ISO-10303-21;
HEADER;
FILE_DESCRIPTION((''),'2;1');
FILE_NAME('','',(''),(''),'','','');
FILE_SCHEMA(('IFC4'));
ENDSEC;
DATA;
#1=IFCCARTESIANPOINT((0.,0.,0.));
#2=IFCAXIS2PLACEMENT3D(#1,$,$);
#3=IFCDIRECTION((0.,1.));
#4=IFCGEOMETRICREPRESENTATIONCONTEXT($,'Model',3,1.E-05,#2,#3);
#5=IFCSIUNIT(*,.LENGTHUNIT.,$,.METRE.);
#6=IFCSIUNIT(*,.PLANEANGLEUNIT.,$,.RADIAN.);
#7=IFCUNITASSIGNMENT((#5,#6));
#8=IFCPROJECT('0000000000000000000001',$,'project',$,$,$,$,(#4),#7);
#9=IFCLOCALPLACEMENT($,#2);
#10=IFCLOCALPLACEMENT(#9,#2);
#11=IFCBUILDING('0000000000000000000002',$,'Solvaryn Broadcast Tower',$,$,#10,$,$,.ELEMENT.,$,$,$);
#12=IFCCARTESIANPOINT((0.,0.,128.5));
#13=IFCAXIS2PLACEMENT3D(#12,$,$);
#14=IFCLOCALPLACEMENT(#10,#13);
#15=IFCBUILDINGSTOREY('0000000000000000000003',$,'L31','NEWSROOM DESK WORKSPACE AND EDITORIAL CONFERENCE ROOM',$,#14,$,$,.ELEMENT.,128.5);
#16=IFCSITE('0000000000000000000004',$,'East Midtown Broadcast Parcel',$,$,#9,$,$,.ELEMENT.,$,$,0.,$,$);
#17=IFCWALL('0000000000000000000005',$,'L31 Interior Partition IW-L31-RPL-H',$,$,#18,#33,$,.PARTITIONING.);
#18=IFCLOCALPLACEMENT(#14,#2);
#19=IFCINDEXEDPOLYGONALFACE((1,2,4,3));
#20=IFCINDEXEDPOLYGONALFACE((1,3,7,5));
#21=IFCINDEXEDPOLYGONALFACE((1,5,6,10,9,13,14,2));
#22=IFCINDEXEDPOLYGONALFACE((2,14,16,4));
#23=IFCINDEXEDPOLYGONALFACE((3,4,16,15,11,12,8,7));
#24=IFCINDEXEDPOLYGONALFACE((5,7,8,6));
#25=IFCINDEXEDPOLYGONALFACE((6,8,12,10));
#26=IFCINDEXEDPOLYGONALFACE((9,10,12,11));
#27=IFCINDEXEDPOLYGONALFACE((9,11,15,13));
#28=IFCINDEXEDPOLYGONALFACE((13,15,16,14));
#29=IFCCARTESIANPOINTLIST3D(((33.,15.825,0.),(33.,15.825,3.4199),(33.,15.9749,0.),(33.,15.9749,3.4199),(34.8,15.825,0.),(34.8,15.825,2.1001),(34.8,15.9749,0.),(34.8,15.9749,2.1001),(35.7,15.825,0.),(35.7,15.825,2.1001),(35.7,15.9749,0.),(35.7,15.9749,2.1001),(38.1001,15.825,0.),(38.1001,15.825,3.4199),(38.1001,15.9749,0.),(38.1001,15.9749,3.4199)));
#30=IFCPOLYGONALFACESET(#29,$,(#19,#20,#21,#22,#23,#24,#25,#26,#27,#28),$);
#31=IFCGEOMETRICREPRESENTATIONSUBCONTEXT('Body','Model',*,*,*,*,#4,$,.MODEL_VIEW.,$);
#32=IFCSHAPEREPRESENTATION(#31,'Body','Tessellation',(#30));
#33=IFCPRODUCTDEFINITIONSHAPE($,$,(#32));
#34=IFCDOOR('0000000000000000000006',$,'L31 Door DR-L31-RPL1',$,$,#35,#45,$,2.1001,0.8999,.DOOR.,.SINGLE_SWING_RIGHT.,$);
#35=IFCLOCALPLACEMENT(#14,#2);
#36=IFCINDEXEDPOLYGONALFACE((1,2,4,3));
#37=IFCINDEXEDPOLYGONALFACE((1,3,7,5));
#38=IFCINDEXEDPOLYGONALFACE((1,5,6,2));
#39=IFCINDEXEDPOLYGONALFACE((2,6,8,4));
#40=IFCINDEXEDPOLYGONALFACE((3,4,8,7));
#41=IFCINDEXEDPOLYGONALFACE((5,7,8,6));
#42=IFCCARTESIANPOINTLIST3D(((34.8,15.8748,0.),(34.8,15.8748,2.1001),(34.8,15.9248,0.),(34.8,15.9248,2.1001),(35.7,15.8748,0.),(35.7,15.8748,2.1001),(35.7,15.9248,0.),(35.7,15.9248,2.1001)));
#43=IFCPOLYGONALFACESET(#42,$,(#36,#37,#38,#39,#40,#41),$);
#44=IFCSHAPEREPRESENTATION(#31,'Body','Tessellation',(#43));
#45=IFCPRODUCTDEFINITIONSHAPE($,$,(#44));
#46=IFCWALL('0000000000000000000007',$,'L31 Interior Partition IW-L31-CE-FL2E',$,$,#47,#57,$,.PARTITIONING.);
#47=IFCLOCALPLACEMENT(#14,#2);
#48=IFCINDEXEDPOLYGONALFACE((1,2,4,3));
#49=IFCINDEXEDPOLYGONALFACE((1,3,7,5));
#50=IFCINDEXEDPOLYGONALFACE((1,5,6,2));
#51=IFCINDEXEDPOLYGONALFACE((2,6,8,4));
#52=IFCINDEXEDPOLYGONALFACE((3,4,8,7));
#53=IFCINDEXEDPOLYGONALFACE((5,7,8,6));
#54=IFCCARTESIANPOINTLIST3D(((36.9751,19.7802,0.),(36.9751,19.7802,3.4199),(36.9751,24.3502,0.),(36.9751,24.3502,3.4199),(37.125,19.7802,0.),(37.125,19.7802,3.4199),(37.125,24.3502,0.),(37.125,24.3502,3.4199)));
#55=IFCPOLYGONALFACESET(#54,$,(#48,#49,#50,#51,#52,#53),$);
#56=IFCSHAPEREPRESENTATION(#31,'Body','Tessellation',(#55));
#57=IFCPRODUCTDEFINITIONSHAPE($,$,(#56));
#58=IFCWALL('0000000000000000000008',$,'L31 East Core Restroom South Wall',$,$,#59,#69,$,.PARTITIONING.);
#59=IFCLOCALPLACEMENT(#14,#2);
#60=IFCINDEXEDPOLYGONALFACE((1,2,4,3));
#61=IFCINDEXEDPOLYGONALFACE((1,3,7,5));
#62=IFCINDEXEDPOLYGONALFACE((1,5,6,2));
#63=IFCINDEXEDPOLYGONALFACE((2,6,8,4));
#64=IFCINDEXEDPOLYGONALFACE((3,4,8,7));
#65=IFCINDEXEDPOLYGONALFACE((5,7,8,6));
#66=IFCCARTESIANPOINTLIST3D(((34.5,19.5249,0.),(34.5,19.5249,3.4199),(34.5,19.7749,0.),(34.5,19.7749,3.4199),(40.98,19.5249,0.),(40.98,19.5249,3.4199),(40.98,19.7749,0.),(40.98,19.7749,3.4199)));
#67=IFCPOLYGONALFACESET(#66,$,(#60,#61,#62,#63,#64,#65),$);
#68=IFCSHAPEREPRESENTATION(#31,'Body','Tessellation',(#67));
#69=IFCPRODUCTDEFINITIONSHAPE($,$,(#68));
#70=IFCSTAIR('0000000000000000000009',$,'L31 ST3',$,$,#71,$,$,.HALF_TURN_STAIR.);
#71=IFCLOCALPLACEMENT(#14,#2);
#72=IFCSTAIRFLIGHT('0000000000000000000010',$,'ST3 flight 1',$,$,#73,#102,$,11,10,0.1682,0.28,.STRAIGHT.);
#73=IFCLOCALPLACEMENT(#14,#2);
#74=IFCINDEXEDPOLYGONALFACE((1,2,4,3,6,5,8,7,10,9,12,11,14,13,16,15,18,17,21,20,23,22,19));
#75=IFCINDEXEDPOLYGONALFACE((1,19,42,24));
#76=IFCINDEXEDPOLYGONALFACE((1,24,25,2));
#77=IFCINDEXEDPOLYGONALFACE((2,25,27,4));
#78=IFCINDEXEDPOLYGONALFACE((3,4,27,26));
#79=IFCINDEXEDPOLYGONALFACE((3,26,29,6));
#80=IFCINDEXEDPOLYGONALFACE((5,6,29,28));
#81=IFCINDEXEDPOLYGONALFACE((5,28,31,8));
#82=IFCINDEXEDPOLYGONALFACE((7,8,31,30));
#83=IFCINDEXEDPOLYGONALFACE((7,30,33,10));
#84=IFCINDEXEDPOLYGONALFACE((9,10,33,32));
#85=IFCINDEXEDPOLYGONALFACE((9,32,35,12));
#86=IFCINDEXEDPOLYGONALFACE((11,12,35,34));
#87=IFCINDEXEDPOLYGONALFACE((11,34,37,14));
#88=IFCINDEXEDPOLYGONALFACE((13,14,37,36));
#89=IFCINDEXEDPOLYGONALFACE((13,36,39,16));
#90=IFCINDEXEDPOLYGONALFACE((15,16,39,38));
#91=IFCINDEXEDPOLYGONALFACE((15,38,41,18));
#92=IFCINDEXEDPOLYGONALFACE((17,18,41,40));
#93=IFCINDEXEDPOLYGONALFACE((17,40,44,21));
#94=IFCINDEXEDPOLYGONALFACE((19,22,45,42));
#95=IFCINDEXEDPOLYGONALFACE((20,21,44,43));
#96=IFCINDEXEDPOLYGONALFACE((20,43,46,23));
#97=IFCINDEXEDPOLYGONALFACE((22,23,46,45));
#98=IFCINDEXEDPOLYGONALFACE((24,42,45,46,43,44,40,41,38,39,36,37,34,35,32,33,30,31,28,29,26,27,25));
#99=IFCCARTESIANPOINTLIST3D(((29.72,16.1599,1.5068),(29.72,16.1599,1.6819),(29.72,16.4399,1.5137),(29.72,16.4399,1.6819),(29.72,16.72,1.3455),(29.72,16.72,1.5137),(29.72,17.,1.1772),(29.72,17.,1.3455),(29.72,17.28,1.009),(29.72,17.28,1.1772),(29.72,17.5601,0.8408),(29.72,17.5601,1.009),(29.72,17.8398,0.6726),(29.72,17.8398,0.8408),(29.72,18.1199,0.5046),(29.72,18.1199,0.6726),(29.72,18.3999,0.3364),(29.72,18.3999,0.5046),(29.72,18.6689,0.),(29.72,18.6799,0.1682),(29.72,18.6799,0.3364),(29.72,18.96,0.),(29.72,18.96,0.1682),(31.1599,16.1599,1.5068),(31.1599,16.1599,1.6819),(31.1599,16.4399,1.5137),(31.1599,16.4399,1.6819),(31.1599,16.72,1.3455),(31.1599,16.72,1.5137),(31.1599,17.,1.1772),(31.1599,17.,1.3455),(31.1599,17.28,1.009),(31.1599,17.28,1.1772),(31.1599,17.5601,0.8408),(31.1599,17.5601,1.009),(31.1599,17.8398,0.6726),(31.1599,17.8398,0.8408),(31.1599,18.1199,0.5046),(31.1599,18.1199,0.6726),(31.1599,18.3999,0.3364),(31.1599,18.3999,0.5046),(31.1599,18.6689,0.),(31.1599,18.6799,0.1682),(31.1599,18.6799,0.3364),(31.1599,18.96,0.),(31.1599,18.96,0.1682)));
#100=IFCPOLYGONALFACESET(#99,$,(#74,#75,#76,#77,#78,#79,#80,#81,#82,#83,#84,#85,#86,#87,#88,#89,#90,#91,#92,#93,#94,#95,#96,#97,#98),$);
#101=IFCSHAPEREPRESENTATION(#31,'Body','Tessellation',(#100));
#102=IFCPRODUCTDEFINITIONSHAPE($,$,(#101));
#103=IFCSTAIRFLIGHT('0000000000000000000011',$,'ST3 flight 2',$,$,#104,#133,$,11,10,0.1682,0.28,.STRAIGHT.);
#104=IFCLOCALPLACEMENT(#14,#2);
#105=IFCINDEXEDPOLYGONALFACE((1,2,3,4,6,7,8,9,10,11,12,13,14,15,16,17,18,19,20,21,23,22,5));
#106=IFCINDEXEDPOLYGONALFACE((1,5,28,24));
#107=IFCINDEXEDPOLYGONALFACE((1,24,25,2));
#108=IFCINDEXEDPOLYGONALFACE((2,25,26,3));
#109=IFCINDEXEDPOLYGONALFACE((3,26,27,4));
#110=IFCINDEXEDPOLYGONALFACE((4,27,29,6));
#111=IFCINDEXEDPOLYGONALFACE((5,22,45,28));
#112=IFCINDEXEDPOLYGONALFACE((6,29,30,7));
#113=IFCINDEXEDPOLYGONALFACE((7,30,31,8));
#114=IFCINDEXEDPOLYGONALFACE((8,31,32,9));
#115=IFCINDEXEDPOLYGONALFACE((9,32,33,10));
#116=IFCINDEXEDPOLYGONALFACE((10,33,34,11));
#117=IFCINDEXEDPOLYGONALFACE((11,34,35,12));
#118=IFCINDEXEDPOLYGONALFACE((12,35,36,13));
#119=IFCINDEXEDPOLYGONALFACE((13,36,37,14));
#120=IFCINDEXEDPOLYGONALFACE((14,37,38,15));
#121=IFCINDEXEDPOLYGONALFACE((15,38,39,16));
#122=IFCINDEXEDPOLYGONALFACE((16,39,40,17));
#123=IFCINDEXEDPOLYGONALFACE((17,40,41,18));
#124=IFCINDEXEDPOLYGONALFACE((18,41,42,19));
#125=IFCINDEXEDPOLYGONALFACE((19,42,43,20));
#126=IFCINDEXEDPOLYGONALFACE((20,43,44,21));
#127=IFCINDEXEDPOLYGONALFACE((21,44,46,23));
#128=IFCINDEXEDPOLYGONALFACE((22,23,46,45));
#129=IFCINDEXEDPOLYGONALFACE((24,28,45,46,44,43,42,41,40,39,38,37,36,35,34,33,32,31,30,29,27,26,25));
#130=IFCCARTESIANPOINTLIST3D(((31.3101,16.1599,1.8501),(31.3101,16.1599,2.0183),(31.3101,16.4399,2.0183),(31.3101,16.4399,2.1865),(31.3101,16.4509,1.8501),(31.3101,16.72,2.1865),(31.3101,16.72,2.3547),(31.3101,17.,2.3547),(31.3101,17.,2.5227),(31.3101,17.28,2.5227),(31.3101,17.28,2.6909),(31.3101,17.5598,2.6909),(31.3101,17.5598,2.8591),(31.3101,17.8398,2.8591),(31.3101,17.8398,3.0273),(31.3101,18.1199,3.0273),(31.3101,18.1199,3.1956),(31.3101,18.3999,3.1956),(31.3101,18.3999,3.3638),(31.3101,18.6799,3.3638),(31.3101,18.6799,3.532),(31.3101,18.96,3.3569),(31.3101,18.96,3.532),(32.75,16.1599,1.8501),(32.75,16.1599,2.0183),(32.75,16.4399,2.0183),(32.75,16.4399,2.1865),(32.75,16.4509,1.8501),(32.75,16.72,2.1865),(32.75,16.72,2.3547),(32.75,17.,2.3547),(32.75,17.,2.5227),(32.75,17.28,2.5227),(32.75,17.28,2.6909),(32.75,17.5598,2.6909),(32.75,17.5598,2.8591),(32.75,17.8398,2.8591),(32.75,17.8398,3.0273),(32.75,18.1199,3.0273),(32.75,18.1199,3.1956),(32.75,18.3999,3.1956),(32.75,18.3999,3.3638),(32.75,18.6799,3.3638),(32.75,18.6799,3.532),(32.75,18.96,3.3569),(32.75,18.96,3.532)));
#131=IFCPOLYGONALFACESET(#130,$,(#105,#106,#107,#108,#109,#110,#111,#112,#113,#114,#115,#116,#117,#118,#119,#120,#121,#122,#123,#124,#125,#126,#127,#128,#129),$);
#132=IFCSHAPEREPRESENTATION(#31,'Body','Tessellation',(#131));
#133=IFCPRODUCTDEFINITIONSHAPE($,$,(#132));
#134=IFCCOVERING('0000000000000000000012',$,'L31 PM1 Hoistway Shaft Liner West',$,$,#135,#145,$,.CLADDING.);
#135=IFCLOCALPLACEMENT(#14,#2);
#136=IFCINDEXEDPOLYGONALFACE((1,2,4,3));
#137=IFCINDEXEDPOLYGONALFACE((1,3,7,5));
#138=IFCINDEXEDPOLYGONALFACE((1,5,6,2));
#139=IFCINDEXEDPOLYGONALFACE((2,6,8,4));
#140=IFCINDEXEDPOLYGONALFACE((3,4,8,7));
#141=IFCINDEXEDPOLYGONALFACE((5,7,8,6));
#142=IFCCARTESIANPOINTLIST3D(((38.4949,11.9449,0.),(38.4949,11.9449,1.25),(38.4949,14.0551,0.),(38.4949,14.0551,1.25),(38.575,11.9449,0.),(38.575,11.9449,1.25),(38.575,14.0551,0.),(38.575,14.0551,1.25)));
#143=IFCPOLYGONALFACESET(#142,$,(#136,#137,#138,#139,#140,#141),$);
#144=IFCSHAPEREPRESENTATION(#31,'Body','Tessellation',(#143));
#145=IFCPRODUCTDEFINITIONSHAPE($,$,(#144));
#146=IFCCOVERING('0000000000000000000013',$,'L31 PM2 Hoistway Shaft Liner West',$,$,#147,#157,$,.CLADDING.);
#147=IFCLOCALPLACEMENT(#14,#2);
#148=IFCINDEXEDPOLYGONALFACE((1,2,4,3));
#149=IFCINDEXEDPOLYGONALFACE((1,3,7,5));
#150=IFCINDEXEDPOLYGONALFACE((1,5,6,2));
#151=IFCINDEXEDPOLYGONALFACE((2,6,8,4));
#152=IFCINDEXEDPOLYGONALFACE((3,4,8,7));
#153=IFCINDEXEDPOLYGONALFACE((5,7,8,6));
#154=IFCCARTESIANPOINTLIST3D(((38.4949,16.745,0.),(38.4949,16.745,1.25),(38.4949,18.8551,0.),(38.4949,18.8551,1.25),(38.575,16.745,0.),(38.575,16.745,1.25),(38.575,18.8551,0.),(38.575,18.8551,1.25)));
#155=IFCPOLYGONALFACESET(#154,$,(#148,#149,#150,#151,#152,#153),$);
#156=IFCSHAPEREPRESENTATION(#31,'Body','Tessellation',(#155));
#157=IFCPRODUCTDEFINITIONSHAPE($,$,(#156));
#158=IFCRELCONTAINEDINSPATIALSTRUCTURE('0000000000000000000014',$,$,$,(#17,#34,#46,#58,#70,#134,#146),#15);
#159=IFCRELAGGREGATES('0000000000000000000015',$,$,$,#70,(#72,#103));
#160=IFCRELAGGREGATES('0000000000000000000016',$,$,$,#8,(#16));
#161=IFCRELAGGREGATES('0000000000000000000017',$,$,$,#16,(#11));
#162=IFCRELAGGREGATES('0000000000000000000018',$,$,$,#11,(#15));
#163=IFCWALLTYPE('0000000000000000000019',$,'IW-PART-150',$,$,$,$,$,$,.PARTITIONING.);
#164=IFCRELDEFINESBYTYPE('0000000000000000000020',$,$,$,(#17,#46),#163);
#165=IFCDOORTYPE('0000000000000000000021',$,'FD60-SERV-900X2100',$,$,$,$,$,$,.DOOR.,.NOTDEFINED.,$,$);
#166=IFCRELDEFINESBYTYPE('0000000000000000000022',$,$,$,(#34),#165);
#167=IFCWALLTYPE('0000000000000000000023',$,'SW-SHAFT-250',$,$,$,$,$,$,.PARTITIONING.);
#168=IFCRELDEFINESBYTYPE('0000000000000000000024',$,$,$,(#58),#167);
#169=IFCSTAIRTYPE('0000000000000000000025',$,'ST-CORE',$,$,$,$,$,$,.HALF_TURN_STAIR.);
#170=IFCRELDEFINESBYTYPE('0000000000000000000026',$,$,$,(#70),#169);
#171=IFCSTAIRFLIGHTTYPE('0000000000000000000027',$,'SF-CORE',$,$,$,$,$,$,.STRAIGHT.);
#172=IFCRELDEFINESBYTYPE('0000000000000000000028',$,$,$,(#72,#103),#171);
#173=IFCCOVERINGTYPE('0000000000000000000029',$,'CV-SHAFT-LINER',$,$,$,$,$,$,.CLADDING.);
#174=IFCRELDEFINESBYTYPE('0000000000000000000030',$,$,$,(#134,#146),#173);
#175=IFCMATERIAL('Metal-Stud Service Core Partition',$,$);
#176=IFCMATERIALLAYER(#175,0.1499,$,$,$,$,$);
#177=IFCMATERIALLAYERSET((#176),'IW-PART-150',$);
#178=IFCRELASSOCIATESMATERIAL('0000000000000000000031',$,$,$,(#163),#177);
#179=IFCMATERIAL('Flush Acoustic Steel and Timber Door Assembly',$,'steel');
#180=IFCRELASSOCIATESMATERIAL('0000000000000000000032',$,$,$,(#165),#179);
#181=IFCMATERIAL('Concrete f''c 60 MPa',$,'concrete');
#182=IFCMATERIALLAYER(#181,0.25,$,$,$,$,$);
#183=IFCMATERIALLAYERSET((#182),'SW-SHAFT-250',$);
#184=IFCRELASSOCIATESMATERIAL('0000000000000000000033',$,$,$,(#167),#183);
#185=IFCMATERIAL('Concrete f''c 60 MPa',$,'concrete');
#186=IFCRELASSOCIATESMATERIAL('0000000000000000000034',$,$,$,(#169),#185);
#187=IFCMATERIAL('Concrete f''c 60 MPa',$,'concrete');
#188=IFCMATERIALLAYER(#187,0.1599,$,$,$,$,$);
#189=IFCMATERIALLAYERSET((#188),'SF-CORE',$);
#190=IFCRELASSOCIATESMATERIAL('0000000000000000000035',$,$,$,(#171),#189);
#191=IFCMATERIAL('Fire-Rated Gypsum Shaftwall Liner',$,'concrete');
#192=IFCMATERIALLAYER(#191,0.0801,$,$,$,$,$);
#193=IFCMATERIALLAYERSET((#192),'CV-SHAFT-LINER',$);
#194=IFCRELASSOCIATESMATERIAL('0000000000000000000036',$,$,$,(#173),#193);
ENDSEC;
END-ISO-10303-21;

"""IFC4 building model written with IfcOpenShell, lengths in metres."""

from ifc_helpers import new_model, si_unit, direction, frame, frame_2d, origin, origin_2d, place, context, subcontext, project, spatial, polyline, rectangle, outline, extrude, material, layer, layer_set, type_object, element, fill, aggregate, save


model = new_model("IFC4")

# Units and contexts
model_context = context("Model", 3, precision=1e-05, world=origin(), true_north=direction((0.0, 1.0)))
body_context = subcontext(model_context, "Body", "Model", "MODEL_VIEW")
ifc_project = project(units=[si_unit("LENGTHUNIT", "METRE"), si_unit("PLANEANGLEUNIT", "RADIAN")], contexts=[model_context])

# Site, building, storey
site_placement = place(None, origin())
site = spatial("IfcSite", under=ifc_project, at=site_placement, Name="East Midtown Broadcast Parcel", CompositionType="ELEMENT", RefElevation=0.0)
building_placement = place(site_placement, origin())
building = spatial("IfcBuilding", under=site, at=building_placement, Name="Solvaryn Broadcast Tower", CompositionType="ELEMENT")
storey_placement = place(building_placement, frame((0.0, 0.0, 128.5)))
storey = spatial("IfcBuildingStorey", under=building, at=storey_placement, Name="L31", Description="NEWSROOM DESK WORKSPACE AND EDITORIAL CONFERENCE ROOM", CompositionType="ELEMENT", Elevation=128.5)

# Wall, opening, door
ifc_material_1 = material(Name="Metal-Stud Service Core Partition")
ifc_layer_1 = layer(ifc_material_1, 0.1499)
ifc_layer_set_1 = layer_set([ifc_layer_1], Name="IW-PART-150")
wall_type_1 = type_object("IfcWallType", Name="IW-PART-150", PredefinedType="PARTITIONING", material=ifc_layer_set_1)
wall_1_placement = place(storey_placement, frame((33.0, 15.8999, 0.0), z_axis=(0.0, 0.0, 1.0), x_axis=(1.0, 0.0, 0.0)))
wall_1 = element("IfcWall", 1, at=wall_1_placement, inside=storey, type_object=wall_type_1, Name="L31 Interior Partition IW-L31-RPL-H", PredefinedType="PARTITIONING", context=body_context, shape_type="SweptSolid", body=[
    extrude(rectangle(XDim=5.1001, YDim=0.1499, at=frame_2d((2.55, 0.0))), origin(), (0.0, 0.0, 1.0), 3.4199),
])
opening_1_placement = place(wall_1_placement, frame((1.8, 0.0, 0.0)))
opening_1 = element("IfcOpeningElement", 2, at=opening_1_placement, cuts=wall_1, PredefinedType="OPENING", context=body_context, shape_type="SweptSolid", body=[
    extrude(rectangle(XDim=0.8999, YDim=2.1001, at=frame_2d((0.45, 1.05))), frame((0.0, 0.085, 0.0), z_axis=(0.0, -1.0, 0.0), x_axis=(1.0, 0.0, 0.0)), (0.0, 0.0, 1.0), 0.1699),
])
ifc_material_2 = material(Name="Flush Acoustic Steel and Timber Door Assembly", Category="steel")
door_type_1 = type_object("IfcDoorType", Name="FD60-SERV-900X2100", OperationType="NOTDEFINED", PredefinedType="DOOR", material=ifc_material_2)
door_1_placement = place(opening_1_placement, origin())
door_1 = element("IfcDoor", 3, at=door_1_placement, inside=storey, type_object=door_type_1, Name="L31 Door DR-L31-RPL1", OperationType="SINGLE_SWING_RIGHT", OverallHeight=2.1001, OverallWidth=0.8999, PredefinedType="DOOR", context=body_context, shape_type="SweptSolid", body=[
    extrude(rectangle(XDim=0.8999, YDim=2.1001, at=frame_2d((0.45, 1.05))), frame((0.0, 0.0249, 0.0), z_axis=(0.0, -1.0, 0.0), x_axis=(1.0, 0.0, 0.0)), (0.0, 0.0, 1.0), 0.05),
])
fill(opening_1, door_1)

# Walls
wall_2_placement = place(storey_placement, frame((37.05, 19.78, 0.0), z_axis=(0.0, 0.0, 1.0), x_axis=(0.0, 1.0, 0.0)))
element("IfcWall", 4, at=wall_2_placement, inside=storey, type_object=wall_type_1, Name="L31 Interior Partition IW-L31-CE-FL2E", PredefinedType="PARTITIONING", context=body_context, shape_type="SweptSolid", body=[
    extrude(rectangle(XDim=4.5701, YDim=0.1499, at=frame_2d((2.2852, 0.0))), origin(), (0.0, 0.0, 1.0), 3.4199),
])
ifc_material_3 = material(Name="Concrete f'c 60 MPa", Category="concrete")
ifc_layer_2 = layer(ifc_material_3, 0.25)
ifc_layer_set_2 = layer_set([ifc_layer_2], Name="SW-SHAFT-250")
wall_type_2 = type_object("IfcWallType", Name="SW-SHAFT-250", PredefinedType="PARTITIONING", material=ifc_layer_set_2)
wall_3_placement = place(storey_placement, frame((34.5, 19.6499, 0.0), z_axis=(0.0, 0.0, 1.0), x_axis=(1.0, 0.0, 0.0)))
element("IfcWall", 5, at=wall_3_placement, inside=storey, type_object=wall_type_2, Name="L31 East Core Restroom South Wall", PredefinedType="PARTITIONING", context=body_context, shape_type="SweptSolid", body=[
    extrude(rectangle(XDim=6.48, YDim=0.25, at=frame_2d((3.24, 0.0))), origin(), (0.0, 0.0, 1.0), 3.4199),
])

# Stair, stair flights
ifc_material_4 = material(Name="Concrete f'c 60 MPa", Category="concrete")
stair_type = type_object("IfcStairType", Name="ST-CORE", PredefinedType="HALF_TURN_STAIR", material=ifc_material_4)
stair_placement = place(storey_placement, origin())
stair = element("IfcStair", 6, at=stair_placement, inside=storey, type_object=stair_type, Name="L31 ST3", PredefinedType="HALF_TURN_STAIR")
ifc_material_5 = material(Name="Concrete f'c 60 MPa", Category="concrete")
ifc_layer_3 = layer(ifc_material_5, 0.1599)
ifc_layer_set_3 = layer_set([ifc_layer_3], Name="SF-CORE")
stair_flight_type = type_object("IfcStairFlightType", Name="SF-CORE", PredefinedType="STRAIGHT", material=ifc_layer_set_3)
stair_flight_1_placement = place(storey_placement, frame((30.4399, 18.96, 0.0), z_axis=(0.0, 0.0, 1.0), x_axis=(0.0, -1.0, 0.0)))
stair_flight_1 = element("IfcStairFlight", 7, at=stair_flight_1_placement, type_object=stair_flight_type, Name="ST3 flight 1", NumberOfRisers=11, NumberOfTreads=10, PredefinedType="STRAIGHT", RiserHeight=0.1682, TreadLength=0.28, context=body_context, shape_type="SweptSolid", body=[
    extrude(outline(polyline([(0.0, 0.0), (0.0, 0.1682), (0.28, 0.1682), (0.28, 0.3364), (0.5601, 0.3364), (0.5601, 0.5046), (0.8401, 0.5046), (0.8401, 0.6726), (1.1201, 0.6726), (1.1201, 0.8408), (1.3999, 0.8408), (1.3999, 1.009), (1.6799, 1.009), (1.6799, 1.1772), (1.96, 1.1772), (1.96, 1.3455), (2.24, 1.3455), (2.24, 1.5137), (2.52, 1.5137), (2.52, 1.6819), (2.8, 1.6819), (2.8, 1.8501), (2.8, 1.5068), (0.291, 0.0), (0.0, 0.0)])), frame((0.0, 0.72, 0.0), z_axis=(0.0, -1.0, 0.0), x_axis=(1.0, 0.0, 0.0)), (0.0, 0.0, 1.0), 1.4399),
])
stair_flight_2_placement = place(storey_placement, frame((32.03, 16.1599, 1.8501), z_axis=(0.0, 0.0, 1.0), x_axis=(0.0, 1.0, 0.0)))
stair_flight_2 = element("IfcStairFlight", 8, at=stair_flight_2_placement, type_object=stair_flight_type, Name="ST3 flight 2", NumberOfRisers=11, NumberOfTreads=10, PredefinedType="STRAIGHT", RiserHeight=0.1682, TreadLength=0.28, context=body_context, shape_type="SweptSolid", body=[
    extrude(outline(polyline([(0.0, 0.0), (0.0, 0.1682), (0.28, 0.1682), (0.28, 0.3364), (0.5601, 0.3364), (0.5601, 0.5046), (0.8401, 0.5046), (0.8401, 0.6726), (1.1201, 0.6726), (1.1201, 0.8408), (1.3999, 0.8408), (1.3999, 1.009), (1.6799, 1.009), (1.6799, 1.1772), (1.96, 1.1772), (1.96, 1.3455), (2.24, 1.3455), (2.24, 1.5137), (2.52, 1.5137), (2.52, 1.6819), (2.8, 1.6819), (2.8, 1.8501), (2.8, 1.5068), (0.291, 0.0), (0.0, 0.0)])), frame((0.0, 0.72, 0.0), z_axis=(0.0, -1.0, 0.0), x_axis=(1.0, 0.0, 0.0)), (0.0, 0.0, 1.0), 1.4399),
])
aggregate(stair, [stair_flight_1, stair_flight_2])

# Coverings
ifc_material_6 = material(Name="Fire-Rated Gypsum Shaftwall Liner", Category="concrete")
ifc_layer_4 = layer(ifc_material_6, 0.0801)
ifc_layer_set_4 = layer_set([ifc_layer_4], Name="CV-SHAFT-LINER")
covering_type = type_object("IfcCoveringType", Name="CV-SHAFT-LINER", PredefinedType="CLADDING", material=ifc_layer_set_4)
for number, where, z_axis, x_axis, name in (
    (9, (38.5349, 13.0, 0.0), (0.0, 0.0, 1.0), (1.0, 0.0, 0.0), "L31 PM1 Hoistway Shaft Liner West"),
    (10, (38.5349, 17.8, 0.0), (0.0, 0.0, 1.0), (1.0, 0.0, 0.0), "L31 PM2 Hoistway Shaft Liner West"),
):
    element("IfcCovering", number, at=place(storey_placement, frame(where, z_axis=z_axis, x_axis=x_axis)), inside=storey, type_object=covering_type, Name=name, PredefinedType="CLADDING", context=body_context, shape_type="SweptSolid", body=[
        extrude(rectangle(XDim=0.0801, YDim=2.1101, at=origin_2d()), origin(), (0.0, 0.0, 1.0), 1.25),
    ])

save(model, "model.ifc")
